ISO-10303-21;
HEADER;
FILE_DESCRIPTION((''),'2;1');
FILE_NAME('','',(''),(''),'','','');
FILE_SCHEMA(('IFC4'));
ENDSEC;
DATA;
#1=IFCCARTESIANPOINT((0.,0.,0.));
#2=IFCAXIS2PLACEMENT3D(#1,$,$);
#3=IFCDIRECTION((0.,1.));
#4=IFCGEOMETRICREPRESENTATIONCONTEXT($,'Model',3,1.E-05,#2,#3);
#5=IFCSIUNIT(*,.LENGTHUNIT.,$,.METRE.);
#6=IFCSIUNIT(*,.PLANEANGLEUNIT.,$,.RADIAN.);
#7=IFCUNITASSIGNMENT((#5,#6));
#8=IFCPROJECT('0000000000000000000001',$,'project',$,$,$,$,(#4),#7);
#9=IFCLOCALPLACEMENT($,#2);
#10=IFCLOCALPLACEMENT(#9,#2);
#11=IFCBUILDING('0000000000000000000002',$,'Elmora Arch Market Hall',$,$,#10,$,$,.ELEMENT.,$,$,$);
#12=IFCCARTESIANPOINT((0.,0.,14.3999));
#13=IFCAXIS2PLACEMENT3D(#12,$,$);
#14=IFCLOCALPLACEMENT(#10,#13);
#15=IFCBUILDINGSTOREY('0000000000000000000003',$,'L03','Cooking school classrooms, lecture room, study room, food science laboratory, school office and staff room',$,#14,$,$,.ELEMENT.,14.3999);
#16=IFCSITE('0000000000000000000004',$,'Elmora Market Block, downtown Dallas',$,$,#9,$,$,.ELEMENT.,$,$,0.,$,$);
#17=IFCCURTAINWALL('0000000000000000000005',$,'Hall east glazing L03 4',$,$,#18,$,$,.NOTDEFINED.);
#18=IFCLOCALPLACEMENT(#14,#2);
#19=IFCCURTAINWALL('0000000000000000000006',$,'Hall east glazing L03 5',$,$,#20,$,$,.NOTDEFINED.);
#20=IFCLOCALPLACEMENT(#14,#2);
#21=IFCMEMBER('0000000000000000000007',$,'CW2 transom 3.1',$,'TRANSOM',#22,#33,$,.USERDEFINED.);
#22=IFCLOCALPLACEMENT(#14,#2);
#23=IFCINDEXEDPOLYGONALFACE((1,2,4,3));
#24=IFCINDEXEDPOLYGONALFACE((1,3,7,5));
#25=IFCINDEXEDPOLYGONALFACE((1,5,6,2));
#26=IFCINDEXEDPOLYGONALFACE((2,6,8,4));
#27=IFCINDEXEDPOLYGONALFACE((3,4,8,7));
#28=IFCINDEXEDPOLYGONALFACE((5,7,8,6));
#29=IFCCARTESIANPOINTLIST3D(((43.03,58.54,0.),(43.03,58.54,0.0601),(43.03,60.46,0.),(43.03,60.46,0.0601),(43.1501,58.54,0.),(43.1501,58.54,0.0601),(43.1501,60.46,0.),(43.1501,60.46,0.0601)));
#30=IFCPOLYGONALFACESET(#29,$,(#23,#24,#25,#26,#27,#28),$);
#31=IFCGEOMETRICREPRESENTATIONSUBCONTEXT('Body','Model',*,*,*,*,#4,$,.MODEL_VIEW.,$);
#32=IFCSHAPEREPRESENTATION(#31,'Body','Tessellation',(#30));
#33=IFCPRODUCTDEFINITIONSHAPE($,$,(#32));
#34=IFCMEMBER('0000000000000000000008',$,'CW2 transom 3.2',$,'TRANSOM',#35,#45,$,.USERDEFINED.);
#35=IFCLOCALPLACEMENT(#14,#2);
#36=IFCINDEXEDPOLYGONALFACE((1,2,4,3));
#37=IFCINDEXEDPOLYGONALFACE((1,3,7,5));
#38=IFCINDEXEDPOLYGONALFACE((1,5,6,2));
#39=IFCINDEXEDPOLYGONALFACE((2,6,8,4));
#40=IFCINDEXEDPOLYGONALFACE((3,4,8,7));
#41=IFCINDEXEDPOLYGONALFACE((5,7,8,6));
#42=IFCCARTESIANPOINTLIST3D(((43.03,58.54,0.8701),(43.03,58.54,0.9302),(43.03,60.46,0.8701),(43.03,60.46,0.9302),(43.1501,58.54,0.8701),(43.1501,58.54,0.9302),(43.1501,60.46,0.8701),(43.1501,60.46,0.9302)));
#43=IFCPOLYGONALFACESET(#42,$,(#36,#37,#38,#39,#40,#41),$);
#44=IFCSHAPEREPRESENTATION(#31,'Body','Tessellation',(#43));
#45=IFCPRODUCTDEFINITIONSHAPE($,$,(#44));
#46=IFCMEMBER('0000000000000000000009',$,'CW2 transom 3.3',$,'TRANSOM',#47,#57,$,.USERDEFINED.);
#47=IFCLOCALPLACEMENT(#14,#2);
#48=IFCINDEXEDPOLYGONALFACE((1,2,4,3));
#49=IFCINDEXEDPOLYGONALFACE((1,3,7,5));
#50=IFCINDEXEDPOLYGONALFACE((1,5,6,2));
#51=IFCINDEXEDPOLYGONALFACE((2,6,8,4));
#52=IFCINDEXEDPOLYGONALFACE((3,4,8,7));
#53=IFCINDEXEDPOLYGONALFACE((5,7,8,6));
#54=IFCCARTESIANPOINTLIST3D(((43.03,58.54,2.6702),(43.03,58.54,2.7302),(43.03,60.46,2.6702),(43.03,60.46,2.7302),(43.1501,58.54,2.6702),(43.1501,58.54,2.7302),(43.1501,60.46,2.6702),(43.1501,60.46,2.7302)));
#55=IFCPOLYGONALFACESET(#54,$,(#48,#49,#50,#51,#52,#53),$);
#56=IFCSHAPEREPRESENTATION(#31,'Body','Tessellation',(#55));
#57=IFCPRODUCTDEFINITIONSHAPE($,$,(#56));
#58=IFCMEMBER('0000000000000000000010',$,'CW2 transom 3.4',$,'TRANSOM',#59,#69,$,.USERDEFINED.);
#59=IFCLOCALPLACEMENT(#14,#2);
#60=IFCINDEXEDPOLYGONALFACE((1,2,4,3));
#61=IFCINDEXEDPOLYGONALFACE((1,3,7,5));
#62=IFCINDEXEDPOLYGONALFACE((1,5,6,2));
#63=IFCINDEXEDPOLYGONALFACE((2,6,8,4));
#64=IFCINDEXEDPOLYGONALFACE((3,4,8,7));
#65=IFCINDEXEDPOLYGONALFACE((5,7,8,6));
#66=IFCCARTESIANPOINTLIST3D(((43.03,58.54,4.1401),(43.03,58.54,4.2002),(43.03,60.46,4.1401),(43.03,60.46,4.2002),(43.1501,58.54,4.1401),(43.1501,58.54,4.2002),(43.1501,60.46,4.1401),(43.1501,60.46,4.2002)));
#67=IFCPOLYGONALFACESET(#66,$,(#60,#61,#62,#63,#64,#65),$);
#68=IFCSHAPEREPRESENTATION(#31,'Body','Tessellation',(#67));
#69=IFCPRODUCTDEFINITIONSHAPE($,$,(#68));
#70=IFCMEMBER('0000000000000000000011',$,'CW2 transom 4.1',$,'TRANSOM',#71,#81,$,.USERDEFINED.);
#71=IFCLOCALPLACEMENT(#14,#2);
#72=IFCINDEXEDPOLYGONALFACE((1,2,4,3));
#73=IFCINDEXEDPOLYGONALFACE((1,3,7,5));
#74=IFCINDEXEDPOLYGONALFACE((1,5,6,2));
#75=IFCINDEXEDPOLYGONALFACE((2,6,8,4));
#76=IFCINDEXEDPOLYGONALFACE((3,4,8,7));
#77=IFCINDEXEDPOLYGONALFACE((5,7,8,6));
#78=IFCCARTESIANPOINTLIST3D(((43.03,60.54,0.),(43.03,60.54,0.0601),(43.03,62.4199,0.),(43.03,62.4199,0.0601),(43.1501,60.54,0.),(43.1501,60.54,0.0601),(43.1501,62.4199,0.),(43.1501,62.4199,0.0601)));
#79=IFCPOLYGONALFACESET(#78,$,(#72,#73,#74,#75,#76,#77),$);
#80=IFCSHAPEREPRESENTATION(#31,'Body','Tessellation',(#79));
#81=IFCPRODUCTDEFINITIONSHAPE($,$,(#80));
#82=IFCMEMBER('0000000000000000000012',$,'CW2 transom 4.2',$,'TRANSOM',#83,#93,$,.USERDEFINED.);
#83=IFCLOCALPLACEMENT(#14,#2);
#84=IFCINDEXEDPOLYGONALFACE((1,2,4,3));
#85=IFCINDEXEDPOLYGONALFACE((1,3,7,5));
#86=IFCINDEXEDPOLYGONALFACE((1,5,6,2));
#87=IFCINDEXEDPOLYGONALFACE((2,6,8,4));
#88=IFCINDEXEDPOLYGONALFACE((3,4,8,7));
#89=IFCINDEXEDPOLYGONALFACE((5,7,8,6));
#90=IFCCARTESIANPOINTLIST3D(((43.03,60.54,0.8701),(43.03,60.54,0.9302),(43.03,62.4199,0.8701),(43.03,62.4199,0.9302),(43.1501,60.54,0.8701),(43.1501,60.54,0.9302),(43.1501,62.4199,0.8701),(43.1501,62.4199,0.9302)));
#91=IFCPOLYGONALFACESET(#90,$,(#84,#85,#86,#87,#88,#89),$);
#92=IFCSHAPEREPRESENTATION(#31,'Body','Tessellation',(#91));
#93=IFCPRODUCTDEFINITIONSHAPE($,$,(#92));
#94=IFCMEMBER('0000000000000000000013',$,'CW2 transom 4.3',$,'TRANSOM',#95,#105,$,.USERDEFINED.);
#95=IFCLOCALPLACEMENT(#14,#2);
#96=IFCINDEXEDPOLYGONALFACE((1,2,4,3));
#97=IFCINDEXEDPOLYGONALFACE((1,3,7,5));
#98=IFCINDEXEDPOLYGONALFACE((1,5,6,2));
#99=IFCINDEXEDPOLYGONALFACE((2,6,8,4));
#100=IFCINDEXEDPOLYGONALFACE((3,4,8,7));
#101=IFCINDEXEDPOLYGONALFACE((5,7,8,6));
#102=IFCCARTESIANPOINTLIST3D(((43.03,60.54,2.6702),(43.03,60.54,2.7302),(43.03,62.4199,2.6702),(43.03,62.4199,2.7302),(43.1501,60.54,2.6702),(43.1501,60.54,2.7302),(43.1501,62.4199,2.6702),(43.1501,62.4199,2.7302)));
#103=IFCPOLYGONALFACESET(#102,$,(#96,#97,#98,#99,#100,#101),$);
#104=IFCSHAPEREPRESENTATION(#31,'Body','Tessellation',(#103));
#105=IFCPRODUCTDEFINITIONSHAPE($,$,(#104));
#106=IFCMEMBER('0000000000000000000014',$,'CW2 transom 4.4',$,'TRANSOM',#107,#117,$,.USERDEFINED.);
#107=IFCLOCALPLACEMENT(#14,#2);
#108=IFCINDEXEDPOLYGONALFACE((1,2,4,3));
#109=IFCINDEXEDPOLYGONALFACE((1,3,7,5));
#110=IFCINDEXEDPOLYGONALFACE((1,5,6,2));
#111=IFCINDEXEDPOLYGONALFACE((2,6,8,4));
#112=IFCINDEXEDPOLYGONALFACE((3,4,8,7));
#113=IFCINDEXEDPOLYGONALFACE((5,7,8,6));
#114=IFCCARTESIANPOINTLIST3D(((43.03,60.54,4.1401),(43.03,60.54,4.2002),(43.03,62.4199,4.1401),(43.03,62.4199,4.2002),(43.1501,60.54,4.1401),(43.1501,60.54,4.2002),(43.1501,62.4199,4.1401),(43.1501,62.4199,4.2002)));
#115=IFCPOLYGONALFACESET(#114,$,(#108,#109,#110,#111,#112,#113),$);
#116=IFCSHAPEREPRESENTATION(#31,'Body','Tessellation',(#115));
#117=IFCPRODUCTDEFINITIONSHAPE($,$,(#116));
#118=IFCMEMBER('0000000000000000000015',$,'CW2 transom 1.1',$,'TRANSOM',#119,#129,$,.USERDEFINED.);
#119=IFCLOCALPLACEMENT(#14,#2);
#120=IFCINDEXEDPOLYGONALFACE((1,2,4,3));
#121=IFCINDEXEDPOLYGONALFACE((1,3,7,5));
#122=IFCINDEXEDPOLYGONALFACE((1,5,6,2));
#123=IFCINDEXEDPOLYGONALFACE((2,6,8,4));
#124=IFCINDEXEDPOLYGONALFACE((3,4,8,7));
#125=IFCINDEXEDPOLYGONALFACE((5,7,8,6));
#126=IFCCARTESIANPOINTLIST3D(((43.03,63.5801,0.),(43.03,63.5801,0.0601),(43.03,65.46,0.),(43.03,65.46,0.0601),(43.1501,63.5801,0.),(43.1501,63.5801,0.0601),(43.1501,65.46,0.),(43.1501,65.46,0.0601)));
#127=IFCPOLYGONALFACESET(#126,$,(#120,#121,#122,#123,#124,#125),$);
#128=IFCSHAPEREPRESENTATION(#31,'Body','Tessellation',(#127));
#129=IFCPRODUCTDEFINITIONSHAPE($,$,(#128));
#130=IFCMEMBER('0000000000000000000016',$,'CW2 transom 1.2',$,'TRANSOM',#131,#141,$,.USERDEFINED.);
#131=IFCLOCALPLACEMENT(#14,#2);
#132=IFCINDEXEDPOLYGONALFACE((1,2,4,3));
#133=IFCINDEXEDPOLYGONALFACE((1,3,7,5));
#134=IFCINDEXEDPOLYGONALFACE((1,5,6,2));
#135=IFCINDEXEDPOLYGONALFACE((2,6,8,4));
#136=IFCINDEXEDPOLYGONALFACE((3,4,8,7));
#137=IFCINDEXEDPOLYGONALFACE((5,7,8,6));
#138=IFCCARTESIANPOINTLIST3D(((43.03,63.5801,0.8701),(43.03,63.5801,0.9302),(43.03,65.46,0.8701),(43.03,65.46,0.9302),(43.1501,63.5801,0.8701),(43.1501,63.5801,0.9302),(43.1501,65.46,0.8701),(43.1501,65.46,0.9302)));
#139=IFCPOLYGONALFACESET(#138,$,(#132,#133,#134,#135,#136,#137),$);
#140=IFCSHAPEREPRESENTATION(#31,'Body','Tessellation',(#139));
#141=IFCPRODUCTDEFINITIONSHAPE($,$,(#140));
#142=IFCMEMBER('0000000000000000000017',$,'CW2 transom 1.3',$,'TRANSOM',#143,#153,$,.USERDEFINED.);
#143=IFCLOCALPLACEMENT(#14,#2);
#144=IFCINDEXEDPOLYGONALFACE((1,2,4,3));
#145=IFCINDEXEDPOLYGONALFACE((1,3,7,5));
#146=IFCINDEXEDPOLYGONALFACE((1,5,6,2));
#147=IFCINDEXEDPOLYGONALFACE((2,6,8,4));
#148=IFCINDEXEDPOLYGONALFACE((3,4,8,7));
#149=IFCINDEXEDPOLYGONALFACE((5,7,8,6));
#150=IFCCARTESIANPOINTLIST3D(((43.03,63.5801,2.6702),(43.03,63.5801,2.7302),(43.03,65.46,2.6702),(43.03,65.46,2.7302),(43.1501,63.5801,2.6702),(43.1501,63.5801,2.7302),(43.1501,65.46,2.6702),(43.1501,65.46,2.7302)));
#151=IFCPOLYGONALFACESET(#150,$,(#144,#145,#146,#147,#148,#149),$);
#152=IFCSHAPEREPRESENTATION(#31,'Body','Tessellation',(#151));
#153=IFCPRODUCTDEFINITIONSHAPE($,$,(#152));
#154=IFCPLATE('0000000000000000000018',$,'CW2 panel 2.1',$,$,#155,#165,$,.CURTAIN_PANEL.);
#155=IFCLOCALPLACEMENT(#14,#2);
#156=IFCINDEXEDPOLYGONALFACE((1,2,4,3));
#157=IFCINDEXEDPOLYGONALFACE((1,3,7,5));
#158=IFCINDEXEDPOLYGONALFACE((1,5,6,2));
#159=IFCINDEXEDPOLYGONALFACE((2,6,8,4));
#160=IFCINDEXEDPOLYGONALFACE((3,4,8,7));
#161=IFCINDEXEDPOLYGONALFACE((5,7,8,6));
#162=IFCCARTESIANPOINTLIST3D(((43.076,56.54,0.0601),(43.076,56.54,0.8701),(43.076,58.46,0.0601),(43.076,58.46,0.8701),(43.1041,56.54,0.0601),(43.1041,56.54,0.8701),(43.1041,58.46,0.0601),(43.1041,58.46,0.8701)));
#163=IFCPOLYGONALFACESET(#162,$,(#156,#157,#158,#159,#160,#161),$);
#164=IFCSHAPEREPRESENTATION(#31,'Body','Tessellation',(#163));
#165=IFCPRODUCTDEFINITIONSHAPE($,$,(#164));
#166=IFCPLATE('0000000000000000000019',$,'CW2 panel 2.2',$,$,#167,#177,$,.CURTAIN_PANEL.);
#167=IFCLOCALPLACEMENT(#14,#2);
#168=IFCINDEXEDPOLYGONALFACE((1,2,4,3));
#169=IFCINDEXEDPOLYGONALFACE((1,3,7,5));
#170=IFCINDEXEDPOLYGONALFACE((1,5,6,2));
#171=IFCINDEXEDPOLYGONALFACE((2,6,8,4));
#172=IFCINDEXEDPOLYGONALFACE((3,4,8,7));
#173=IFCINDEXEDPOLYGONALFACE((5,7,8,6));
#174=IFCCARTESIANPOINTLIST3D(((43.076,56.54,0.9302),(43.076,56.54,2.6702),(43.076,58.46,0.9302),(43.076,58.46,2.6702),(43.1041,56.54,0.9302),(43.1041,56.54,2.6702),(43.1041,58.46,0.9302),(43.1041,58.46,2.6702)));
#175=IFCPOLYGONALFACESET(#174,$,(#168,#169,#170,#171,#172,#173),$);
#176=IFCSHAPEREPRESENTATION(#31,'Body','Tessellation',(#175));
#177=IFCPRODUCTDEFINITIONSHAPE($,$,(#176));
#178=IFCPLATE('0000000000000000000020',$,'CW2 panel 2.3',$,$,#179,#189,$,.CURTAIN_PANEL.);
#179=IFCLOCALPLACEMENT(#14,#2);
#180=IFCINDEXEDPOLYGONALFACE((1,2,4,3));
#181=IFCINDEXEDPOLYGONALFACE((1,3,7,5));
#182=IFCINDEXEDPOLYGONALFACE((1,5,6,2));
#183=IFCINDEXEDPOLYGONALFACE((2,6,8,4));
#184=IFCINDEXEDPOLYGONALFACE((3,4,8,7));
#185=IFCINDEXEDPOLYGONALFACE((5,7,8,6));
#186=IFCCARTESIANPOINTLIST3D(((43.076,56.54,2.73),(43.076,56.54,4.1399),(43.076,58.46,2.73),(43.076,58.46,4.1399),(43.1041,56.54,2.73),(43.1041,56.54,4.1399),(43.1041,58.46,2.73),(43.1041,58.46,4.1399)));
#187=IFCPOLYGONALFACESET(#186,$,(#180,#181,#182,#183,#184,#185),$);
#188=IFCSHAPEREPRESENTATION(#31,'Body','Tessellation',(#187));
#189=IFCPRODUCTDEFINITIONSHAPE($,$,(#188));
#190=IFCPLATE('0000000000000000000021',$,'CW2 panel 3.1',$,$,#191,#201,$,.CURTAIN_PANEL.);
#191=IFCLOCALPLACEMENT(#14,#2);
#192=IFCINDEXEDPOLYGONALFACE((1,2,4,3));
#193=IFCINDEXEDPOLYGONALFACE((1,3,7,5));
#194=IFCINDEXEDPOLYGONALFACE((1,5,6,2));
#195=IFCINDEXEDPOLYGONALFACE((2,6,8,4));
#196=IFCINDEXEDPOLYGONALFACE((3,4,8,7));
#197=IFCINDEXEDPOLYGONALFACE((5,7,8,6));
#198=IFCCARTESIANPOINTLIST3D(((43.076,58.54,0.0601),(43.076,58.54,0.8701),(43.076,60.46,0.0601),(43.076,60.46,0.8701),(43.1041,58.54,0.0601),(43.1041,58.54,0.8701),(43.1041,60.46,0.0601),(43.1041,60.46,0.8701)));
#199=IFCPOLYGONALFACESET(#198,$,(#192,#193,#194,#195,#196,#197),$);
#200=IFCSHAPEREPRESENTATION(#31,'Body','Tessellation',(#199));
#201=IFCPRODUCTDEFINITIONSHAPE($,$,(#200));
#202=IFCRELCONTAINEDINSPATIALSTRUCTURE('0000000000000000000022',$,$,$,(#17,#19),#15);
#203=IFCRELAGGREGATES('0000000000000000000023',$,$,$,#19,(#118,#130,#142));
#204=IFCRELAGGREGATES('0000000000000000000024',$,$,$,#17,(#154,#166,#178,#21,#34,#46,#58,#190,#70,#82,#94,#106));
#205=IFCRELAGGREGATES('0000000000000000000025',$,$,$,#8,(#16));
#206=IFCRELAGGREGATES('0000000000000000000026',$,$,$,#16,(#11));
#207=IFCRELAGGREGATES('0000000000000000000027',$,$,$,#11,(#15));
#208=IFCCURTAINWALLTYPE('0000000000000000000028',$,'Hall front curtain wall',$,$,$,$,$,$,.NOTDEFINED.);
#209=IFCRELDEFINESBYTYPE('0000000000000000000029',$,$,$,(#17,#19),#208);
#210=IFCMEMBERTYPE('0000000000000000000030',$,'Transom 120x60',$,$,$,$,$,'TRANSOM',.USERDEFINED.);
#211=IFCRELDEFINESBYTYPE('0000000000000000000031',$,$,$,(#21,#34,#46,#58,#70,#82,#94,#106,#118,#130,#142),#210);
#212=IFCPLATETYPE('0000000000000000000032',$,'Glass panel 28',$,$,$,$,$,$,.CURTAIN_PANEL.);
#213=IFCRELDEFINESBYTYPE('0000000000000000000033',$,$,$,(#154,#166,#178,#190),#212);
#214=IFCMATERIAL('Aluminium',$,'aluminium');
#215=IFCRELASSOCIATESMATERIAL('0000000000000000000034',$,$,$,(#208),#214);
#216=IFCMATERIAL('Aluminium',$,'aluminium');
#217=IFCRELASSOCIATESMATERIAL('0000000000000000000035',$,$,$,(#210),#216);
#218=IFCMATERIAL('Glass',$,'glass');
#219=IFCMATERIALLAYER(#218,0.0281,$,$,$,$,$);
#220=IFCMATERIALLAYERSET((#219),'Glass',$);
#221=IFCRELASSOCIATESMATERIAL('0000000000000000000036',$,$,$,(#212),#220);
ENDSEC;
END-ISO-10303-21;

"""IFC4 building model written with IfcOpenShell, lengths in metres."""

from ifc_helpers import new_model, si_unit, direction, frame, origin, origin_2d, place, context, subcontext, project, spatial, rectangle, extrude, material, layer, layer_set, material_profile, profile_set, type_object, element, aggregate, save


model = new_model("IFC4")

# Units and contexts
model_context = context("Model", 3, precision=1e-05, world=origin(), true_north=direction((0.0, 1.0)))
body_context = subcontext(model_context, "Body", "Model", "MODEL_VIEW")
ifc_project = project(units=[si_unit("LENGTHUNIT", "METRE"), si_unit("PLANEANGLEUNIT", "RADIAN")], contexts=[model_context])

# Site, building, storey
site_placement = place(None, origin())
site = spatial("IfcSite", under=ifc_project, at=site_placement, Name="Elmora Market Block, downtown Dallas", CompositionType="ELEMENT", RefElevation=0.0)
building_placement = place(site_placement, origin())
building = spatial("IfcBuilding", under=site, at=building_placement, Name="Elmora Arch Market Hall", CompositionType="ELEMENT")
storey_placement = place(building_placement, frame((0.0, 0.0, 14.3999)))
storey = spatial("IfcBuildingStorey", under=building, at=storey_placement, Name="L03", Description="Cooking school classrooms, lecture room, study room, food science laboratory, school office and staff room", CompositionType="ELEMENT", Elevation=14.3999)

# Curtain wall
ifc_material_1 = material(Name="Aluminium", Category="aluminium")
curtain_wall_type = type_object("IfcCurtainWallType", Name="Hall front curtain wall", PredefinedType="NOTDEFINED", material=ifc_material_1)
curtain_wall_1_placement = place(storey_placement, origin())
curtain_wall_1 = element("IfcCurtainWall", 1, at=curtain_wall_1_placement, inside=storey, type_object=curtain_wall_type, Name="Hall east glazing L03 4", PredefinedType="NOTDEFINED")

# Curtain wall
curtain_wall_2_placement = place(storey_placement, origin())
curtain_wall_2 = element("IfcCurtainWall", 2, at=curtain_wall_2_placement, inside=storey, type_object=curtain_wall_type, Name="Hall east glazing L03 5", PredefinedType="NOTDEFINED")

# Members
ifc_material_2 = material(Name="Aluminium", Category="aluminium")
ifc_material_profile_1 = material_profile(ifc_material_2, rectangle(XDim=0.1201, YDim=0.0601, at=origin_2d()), Name="AL 120x60")
ifc_profile_set_1 = profile_set([ifc_material_profile_1], Name="Aluminium")
member_type_1 = type_object("IfcMemberType", Name="Transom 120x60", ElementType="TRANSOM", PredefinedType="USERDEFINED", material=ifc_profile_set_1)
member_1_placement = place(storey_placement, frame((43.0901, 58.54, 0.03), z_axis=(0.0, 1.0, 0.0), x_axis=(-1.0, 0.0, 0.0)))
member_1 = element("IfcMember", 3, at=member_1_placement, type_object=member_type_1, Name="CW2 transom 3.1", ObjectType="TRANSOM", PredefinedType="USERDEFINED", context=body_context, shape_type="SweptSolid", body=[
    extrude(rectangle(XDim=0.1201, YDim=0.0601, at=origin_2d()), origin(), (0.0, 0.0, 1.0), 1.9199),
])
member_2_placement = place(storey_placement, frame((43.0901, 58.54, 0.9001), z_axis=(0.0, 1.0, 0.0), x_axis=(-1.0, 0.0, 0.0)))
member_2 = element("IfcMember", 4, at=member_2_placement, type_object=member_type_1, Name="CW2 transom 3.2", ObjectType="TRANSOM", PredefinedType="USERDEFINED", context=body_context, shape_type="SweptSolid", body=[
    extrude(rectangle(XDim=0.1201, YDim=0.0601, at=origin_2d()), origin(), (0.0, 0.0, 1.0), 1.9199),
])
member_3_placement = place(storey_placement, frame((43.0901, 58.54, 2.7002), z_axis=(0.0, 1.0, 0.0), x_axis=(-1.0, 0.0, 0.0)))
member_3 = element("IfcMember", 5, at=member_3_placement, type_object=member_type_1, Name="CW2 transom 3.3", ObjectType="TRANSOM", PredefinedType="USERDEFINED", context=body_context, shape_type="SweptSolid", body=[
    extrude(rectangle(XDim=0.1201, YDim=0.0601, at=origin_2d()), origin(), (0.0, 0.0, 1.0), 1.9199),
])
member_4_placement = place(storey_placement, frame((43.0901, 58.54, 4.1702), z_axis=(0.0, 1.0, 0.0), x_axis=(-1.0, 0.0, 0.0)))
member_4 = element("IfcMember", 6, at=member_4_placement, type_object=member_type_1, Name="CW2 transom 3.4", ObjectType="TRANSOM", PredefinedType="USERDEFINED", context=body_context, shape_type="SweptSolid", body=[
    extrude(rectangle(XDim=0.1201, YDim=0.0601, at=origin_2d()), origin(), (0.0, 0.0, 1.0), 1.9199),
])
member_5_placement = place(storey_placement, frame((43.0901, 60.54, 0.03), z_axis=(0.0, 1.0, 0.0), x_axis=(-1.0, 0.0, 0.0)))
member_5 = element("IfcMember", 7, at=member_5_placement, type_object=member_type_1, Name="CW2 transom 4.1", ObjectType="TRANSOM", PredefinedType="USERDEFINED", context=body_context, shape_type="SweptSolid", body=[
    extrude(rectangle(XDim=0.1201, YDim=0.0601, at=origin_2d()), origin(), (0.0, 0.0, 1.0), 1.8799),
])
member_6_placement = place(storey_placement, frame((43.0901, 60.54, 0.9001), z_axis=(0.0, 1.0, 0.0), x_axis=(-1.0, 0.0, 0.0)))
member_6 = element("IfcMember", 8, at=member_6_placement, type_object=member_type_1, Name="CW2 transom 4.2", ObjectType="TRANSOM", PredefinedType="USERDEFINED", context=body_context, shape_type="SweptSolid", body=[
    extrude(rectangle(XDim=0.1201, YDim=0.0601, at=origin_2d()), origin(), (0.0, 0.0, 1.0), 1.8799),
])
member_7_placement = place(storey_placement, frame((43.0901, 60.54, 2.7002), z_axis=(0.0, 1.0, 0.0), x_axis=(-1.0, 0.0, 0.0)))
member_7 = element("IfcMember", 9, at=member_7_placement, type_object=member_type_1, Name="CW2 transom 4.3", ObjectType="TRANSOM", PredefinedType="USERDEFINED", context=body_context, shape_type="SweptSolid", body=[
    extrude(rectangle(XDim=0.1201, YDim=0.0601, at=origin_2d()), origin(), (0.0, 0.0, 1.0), 1.8799),
])
member_8_placement = place(storey_placement, frame((43.0901, 60.54, 4.1702), z_axis=(0.0, 1.0, 0.0), x_axis=(-1.0, 0.0, 0.0)))
member_8 = element("IfcMember", 10, at=member_8_placement, type_object=member_type_1, Name="CW2 transom 4.4", ObjectType="TRANSOM", PredefinedType="USERDEFINED", context=body_context, shape_type="SweptSolid", body=[
    extrude(rectangle(XDim=0.1201, YDim=0.0601, at=origin_2d()), origin(), (0.0, 0.0, 1.0), 1.8799),
])
member_9_placement = place(storey_placement, frame((43.0901, 63.5801, 0.03), z_axis=(0.0, 1.0, 0.0), x_axis=(-1.0, 0.0, 0.0)))
member_9 = element("IfcMember", 11, at=member_9_placement, type_object=member_type_1, Name="CW2 transom 1.1", ObjectType="TRANSOM", PredefinedType="USERDEFINED", context=body_context, shape_type="SweptSolid", body=[
    extrude(rectangle(XDim=0.1201, YDim=0.0601, at=origin_2d()), origin(), (0.0, 0.0, 1.0), 1.8799),
])
member_10_placement = place(storey_placement, frame((43.0901, 63.5801, 0.9001), z_axis=(0.0, 1.0, 0.0), x_axis=(-1.0, 0.0, 0.0)))
member_10 = element("IfcMember", 12, at=member_10_placement, type_object=member_type_1, Name="CW2 transom 1.2", ObjectType="TRANSOM", PredefinedType="USERDEFINED", context=body_context, shape_type="SweptSolid", body=[
    extrude(rectangle(XDim=0.1201, YDim=0.0601, at=origin_2d()), origin(), (0.0, 0.0, 1.0), 1.8799),
])
member_11_placement = place(storey_placement, frame((43.0901, 63.5801, 2.7002), z_axis=(0.0, 1.0, 0.0), x_axis=(-1.0, 0.0, 0.0)))
member_11 = element("IfcMember", 13, at=member_11_placement, type_object=member_type_1, Name="CW2 transom 1.3", ObjectType="TRANSOM", PredefinedType="USERDEFINED", context=body_context, shape_type="SweptSolid", body=[
    extrude(rectangle(XDim=0.1201, YDim=0.0601, at=origin_2d()), origin(), (0.0, 0.0, 1.0), 1.8799),
])
aggregate(curtain_wall_2, [member_9, member_10, member_11])

# Plates
ifc_material_3 = material(Name="Glass", Category="glass")
ifc_layer = layer(ifc_material_3, 0.0281)
ifc_layer_set = layer_set([ifc_layer], Name="Glass")
plate_type = type_object("IfcPlateType", Name="Glass panel 28", PredefinedType="CURTAIN_PANEL", material=ifc_layer_set)
plate_1_placement = place(storey_placement, frame((43.0901, 57.5, 0.0601), z_axis=(0.0, 0.0, 1.0), x_axis=(0.0, 1.0, 0.0)))
plate_1 = element("IfcPlate", 14, at=plate_1_placement, type_object=plate_type, Name="CW2 panel 2.1", PredefinedType="CURTAIN_PANEL", context=body_context, shape_type="SweptSolid", body=[
    extrude(rectangle(XDim=1.9199, YDim=0.0281, at=origin_2d()), origin(), (0.0, 0.0, 1.0), 0.8101),
])
plate_2_placement = place(storey_placement, frame((43.0901, 57.5, 0.9302), z_axis=(0.0, 0.0, 1.0), x_axis=(0.0, 1.0, 0.0)))
plate_2 = element("IfcPlate", 15, at=plate_2_placement, type_object=plate_type, Name="CW2 panel 2.2", PredefinedType="CURTAIN_PANEL", context=body_context, shape_type="SweptSolid", body=[
    extrude(rectangle(XDim=1.9199, YDim=0.0281, at=origin_2d()), origin(), (0.0, 0.0, 1.0), 1.74),
])
plate_3_placement = place(storey_placement, frame((43.0901, 57.5, 2.73), z_axis=(0.0, 0.0, 1.0), x_axis=(0.0, 1.0, 0.0)))
plate_3 = element("IfcPlate", 16, at=plate_3_placement, type_object=plate_type, Name="CW2 panel 2.3", PredefinedType="CURTAIN_PANEL", context=body_context, shape_type="SweptSolid", body=[
    extrude(rectangle(XDim=1.9199, YDim=0.0281, at=origin_2d()), origin(), (0.0, 0.0, 1.0), 1.4099),
])
plate_4_placement = place(storey_placement, frame((43.0901, 59.5, 0.0601), z_axis=(0.0, 0.0, 1.0), x_axis=(0.0, 1.0, 0.0)))
plate_4 = element("IfcPlate", 17, at=plate_4_placement, type_object=plate_type, Name="CW2 panel 3.1", PredefinedType="CURTAIN_PANEL", context=body_context, shape_type="SweptSolid", body=[
    extrude(rectangle(XDim=1.9199, YDim=0.0281, at=origin_2d()), origin(), (0.0, 0.0, 1.0), 0.8101),
])
aggregate(curtain_wall_1, [plate_1, plate_2, plate_3, member_1, member_2, member_3, member_4, plate_4, member_5, member_6, member_7, member_8])

save(model, "model.ifc")
